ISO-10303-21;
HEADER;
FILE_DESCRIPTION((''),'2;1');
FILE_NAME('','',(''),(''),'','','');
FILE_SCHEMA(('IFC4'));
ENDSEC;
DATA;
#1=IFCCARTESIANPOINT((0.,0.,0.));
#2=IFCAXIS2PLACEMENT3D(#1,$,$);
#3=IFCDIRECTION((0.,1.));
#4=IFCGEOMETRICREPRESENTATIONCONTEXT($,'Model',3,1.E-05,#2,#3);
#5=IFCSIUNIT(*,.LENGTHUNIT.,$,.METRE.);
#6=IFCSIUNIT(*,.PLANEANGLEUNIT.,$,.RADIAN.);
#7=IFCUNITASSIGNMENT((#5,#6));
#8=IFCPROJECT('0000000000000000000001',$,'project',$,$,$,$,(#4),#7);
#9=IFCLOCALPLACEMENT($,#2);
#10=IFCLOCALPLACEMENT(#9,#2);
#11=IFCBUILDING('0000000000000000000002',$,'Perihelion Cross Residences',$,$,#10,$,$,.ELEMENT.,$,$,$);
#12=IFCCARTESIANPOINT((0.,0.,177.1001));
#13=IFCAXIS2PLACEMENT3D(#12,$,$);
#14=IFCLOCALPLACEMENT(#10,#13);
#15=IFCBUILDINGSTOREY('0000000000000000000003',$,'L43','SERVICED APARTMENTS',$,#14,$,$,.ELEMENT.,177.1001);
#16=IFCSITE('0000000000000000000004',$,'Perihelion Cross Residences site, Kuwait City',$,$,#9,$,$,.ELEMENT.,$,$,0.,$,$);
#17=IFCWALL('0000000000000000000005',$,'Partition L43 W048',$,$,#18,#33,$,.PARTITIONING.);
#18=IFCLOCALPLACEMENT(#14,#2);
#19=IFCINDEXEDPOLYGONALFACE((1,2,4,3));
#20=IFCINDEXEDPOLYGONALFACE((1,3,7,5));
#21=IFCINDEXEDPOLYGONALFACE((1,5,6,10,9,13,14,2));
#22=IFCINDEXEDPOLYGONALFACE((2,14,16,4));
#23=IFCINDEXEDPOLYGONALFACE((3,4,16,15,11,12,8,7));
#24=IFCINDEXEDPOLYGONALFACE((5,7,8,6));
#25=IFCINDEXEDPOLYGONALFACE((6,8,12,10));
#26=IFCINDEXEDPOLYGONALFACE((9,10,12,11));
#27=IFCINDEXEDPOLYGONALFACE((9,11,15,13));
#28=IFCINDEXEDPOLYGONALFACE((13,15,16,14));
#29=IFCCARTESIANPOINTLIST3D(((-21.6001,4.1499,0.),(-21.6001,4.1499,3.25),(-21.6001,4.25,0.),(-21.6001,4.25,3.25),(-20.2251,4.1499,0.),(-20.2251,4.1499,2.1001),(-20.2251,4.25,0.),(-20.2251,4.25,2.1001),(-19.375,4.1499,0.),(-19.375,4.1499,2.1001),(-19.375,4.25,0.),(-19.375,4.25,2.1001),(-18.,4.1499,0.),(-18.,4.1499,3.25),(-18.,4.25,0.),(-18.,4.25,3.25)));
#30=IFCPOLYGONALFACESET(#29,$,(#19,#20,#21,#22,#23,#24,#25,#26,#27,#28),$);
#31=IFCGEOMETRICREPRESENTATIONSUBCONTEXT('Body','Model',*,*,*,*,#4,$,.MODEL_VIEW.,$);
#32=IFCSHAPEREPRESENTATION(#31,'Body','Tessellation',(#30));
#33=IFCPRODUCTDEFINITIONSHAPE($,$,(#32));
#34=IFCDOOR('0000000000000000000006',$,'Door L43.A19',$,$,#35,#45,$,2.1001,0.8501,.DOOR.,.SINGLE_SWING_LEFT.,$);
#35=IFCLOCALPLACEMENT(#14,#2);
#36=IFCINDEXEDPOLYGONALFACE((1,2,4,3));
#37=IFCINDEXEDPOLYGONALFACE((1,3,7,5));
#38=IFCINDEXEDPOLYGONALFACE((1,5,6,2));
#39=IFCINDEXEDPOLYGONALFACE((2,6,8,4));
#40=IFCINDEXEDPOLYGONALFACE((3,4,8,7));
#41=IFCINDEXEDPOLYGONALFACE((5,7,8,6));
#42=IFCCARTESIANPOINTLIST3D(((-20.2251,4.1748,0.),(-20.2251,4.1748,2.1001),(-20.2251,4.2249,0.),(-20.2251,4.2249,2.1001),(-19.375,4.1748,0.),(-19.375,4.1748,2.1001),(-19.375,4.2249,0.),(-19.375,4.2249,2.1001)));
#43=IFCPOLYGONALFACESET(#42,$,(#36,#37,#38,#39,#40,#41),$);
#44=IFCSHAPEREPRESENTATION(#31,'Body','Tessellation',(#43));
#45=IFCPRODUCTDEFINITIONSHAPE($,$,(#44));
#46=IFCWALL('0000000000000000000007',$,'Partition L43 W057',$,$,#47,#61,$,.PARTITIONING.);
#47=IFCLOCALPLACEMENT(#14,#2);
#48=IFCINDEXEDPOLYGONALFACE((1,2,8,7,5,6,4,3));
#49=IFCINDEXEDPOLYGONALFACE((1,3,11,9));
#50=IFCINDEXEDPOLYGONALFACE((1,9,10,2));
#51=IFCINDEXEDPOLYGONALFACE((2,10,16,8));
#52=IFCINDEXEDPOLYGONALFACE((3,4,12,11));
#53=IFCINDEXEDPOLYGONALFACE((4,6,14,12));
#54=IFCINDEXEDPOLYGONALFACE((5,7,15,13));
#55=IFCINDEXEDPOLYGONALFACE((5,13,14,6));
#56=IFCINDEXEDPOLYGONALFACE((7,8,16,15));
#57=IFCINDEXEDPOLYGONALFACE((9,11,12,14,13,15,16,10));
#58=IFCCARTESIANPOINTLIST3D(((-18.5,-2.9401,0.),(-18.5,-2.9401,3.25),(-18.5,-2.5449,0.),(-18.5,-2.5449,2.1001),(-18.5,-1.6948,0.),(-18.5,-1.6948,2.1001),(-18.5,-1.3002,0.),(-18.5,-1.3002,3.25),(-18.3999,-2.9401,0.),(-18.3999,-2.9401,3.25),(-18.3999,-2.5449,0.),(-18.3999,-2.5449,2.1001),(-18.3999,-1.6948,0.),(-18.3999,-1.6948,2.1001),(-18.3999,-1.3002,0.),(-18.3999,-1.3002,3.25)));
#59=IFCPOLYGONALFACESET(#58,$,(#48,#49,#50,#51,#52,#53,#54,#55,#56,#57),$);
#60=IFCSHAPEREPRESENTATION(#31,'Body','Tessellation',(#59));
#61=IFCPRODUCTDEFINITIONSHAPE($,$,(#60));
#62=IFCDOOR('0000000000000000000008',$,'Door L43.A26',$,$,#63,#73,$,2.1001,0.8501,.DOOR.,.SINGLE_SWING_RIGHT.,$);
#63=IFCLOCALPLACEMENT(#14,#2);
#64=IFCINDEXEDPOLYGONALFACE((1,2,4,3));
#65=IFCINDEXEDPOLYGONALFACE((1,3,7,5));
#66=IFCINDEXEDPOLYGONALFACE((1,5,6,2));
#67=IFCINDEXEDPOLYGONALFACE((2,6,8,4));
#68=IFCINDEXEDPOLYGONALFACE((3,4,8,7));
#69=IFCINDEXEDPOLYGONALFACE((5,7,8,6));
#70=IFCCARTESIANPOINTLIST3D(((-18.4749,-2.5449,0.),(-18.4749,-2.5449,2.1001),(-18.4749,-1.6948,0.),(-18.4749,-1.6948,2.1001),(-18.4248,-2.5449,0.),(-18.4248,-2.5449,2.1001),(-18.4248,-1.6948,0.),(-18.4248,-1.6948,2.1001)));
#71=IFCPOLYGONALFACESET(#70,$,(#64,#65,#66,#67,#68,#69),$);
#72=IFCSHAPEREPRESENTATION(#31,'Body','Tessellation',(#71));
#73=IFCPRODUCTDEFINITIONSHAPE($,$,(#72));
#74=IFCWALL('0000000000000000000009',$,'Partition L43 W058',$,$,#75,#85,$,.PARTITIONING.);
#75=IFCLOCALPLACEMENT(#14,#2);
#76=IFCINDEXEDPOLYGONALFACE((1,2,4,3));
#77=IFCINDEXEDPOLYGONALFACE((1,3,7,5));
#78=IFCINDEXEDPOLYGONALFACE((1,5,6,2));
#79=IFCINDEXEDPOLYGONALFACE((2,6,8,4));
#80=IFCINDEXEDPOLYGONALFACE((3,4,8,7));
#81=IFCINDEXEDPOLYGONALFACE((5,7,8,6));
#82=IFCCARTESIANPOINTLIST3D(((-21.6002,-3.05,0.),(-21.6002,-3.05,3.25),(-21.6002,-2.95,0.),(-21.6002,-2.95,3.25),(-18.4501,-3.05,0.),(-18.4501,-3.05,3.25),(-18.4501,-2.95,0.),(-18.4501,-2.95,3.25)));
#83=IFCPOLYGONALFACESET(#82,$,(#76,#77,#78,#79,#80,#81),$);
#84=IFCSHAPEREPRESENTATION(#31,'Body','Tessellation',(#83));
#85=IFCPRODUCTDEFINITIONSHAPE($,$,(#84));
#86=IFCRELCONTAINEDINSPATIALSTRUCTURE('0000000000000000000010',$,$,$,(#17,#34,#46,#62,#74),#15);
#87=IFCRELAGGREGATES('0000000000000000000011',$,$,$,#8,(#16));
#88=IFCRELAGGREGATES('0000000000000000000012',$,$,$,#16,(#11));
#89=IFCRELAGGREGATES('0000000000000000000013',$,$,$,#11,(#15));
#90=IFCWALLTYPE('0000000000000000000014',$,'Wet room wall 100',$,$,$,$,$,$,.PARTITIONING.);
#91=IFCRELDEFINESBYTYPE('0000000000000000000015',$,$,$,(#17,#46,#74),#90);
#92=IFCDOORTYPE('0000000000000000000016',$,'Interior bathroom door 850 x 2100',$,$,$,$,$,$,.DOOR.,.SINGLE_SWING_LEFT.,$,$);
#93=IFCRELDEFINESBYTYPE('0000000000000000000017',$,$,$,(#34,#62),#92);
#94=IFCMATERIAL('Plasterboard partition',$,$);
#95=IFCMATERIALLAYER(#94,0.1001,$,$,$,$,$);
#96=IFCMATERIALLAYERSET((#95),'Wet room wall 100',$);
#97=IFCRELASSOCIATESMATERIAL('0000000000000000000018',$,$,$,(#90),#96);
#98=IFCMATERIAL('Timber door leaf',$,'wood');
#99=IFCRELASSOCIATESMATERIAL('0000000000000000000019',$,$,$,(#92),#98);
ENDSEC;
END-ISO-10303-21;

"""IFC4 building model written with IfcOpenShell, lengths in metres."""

from ifc_helpers import new_model, si_unit, direction, frame, frame_2d, origin, place, context, subcontext, project, spatial, rectangle, extrude, material, layer, layer_set, type_object, element, fill, save


model = new_model("IFC4")

# Units and contexts
model_context = context("Model", 3, precision=1e-05, world=origin(), true_north=direction((0.0, 1.0)))
body_context = subcontext(model_context, "Body", "Model", "MODEL_VIEW")
ifc_project = project(units=[si_unit("LENGTHUNIT", "METRE"), si_unit("PLANEANGLEUNIT", "RADIAN")], contexts=[model_context])

# Site, building, storey
site_placement = place(None, origin())
site = spatial("IfcSite", under=ifc_project, at=site_placement, Name="Perihelion Cross Residences site, Kuwait City", CompositionType="ELEMENT", RefElevation=0.0)
building_placement = place(site_placement, origin())
building = spatial("IfcBuilding", under=site, at=building_placement, Name="Perihelion Cross Residences", CompositionType="ELEMENT")
storey_placement = place(building_placement, frame((0.0, 0.0, 177.1001)))
storey = spatial("IfcBuildingStorey", under=building, at=storey_placement, Name="L43", Description="SERVICED APARTMENTS", CompositionType="ELEMENT", Elevation=177.1001)

# Shared definitions
ifc_material_1 = material(Name="Plasterboard partition")
ifc_layer_1 = layer(ifc_material_1, 0.1001)
ifc_layer_set_1 = layer_set([ifc_layer_1], Name="Wet room wall 100")
wall_type_1 = type_object("IfcWallType", Name="Wet room wall 100", PredefinedType="PARTITIONING", material=ifc_layer_set_1)

# Walls, openings, doors
wall_1_placement = place(storey_placement, frame((-21.6001, 4.2, 0.0), z_axis=(0.0, 0.0, 1.0), x_axis=(1.0, 0.0, 0.0)))
wall_1 = element("IfcWall", 1, at=wall_1_placement, inside=storey, type_object=wall_type_1, Name="Partition L43 W048", PredefinedType="PARTITIONING", context=body_context, shape_type="SweptSolid", body=[
    extrude(rectangle(XDim=3.6001, YDim=0.1001, at=frame_2d((1.8, 0.0))), origin(), (0.0, 0.0, 1.0), 3.25),
])
opening_1_placement = place(wall_1_placement, frame((1.375, 0.0, 0.0)))
opening_1 = element("IfcOpeningElement", 2, at=opening_1_placement, cuts=wall_1, PredefinedType="OPENING", context=body_context, shape_type="SweptSolid", body=[
    extrude(rectangle(XDim=0.8501, YDim=2.1001, at=frame_2d((0.425, 1.05))), frame((0.0, 0.0601, 0.0), z_axis=(0.0, -1.0, 0.0), x_axis=(1.0, 0.0, 0.0)), (0.0, 0.0, 1.0), 0.1201),
])
ifc_material_2 = material(Name="Timber door leaf", Category="wood")
door_type_1 = type_object("IfcDoorType", Name="Interior bathroom door 850 x 2100", OperationType="SINGLE_SWING_LEFT", PredefinedType="DOOR", material=ifc_material_2)
door_1_placement = place(opening_1_placement, origin())
door_1 = element("IfcDoor", 3, at=door_1_placement, inside=storey, type_object=door_type_1, Name="Door L43.A19", OperationType="SINGLE_SWING_LEFT", OverallHeight=2.1001, OverallWidth=0.8501, PredefinedType="DOOR", context=body_context, shape_type="SweptSolid", body=[
    extrude(rectangle(XDim=0.8501, YDim=2.1001, at=frame_2d((0.425, 1.05))), frame((0.0, 0.0249, 0.0), z_axis=(0.0, -1.0, 0.0), x_axis=(1.0, 0.0, 0.0)), (0.0, 0.0, 1.0), 0.05),
])
fill(opening_1, door_1)
wall_2_placement = place(storey_placement, frame((-18.45, -2.9399, 0.0), z_axis=(0.0, 0.0, 1.0), x_axis=(0.0, 1.0, 0.0)))
wall_2 = element("IfcWall", 4, at=wall_2_placement, inside=storey, type_object=wall_type_1, Name="Partition L43 W057", PredefinedType="PARTITIONING", context=body_context, shape_type="SweptSolid", body=[
    extrude(rectangle(XDim=1.6399, YDim=0.1001, at=frame_2d((0.8198, 0.0))), origin(), (0.0, 0.0, 1.0), 3.25),
])
opening_2_placement = place(wall_2_placement, frame((0.395, 0.0, 0.0)))
opening_2 = element("IfcOpeningElement", 5, at=opening_2_placement, cuts=wall_2, PredefinedType="OPENING", context=body_context, shape_type="SweptSolid", body=[
    extrude(rectangle(XDim=0.8501, YDim=2.1001, at=frame_2d((0.425, 1.05))), frame((0.0, 0.0601, 0.0), z_axis=(0.0, -1.0, 0.0), x_axis=(1.0, 0.0, 0.0)), (0.0, 0.0, 1.0), 0.1201),
])
door_2_placement = place(opening_2_placement, origin())
door_2 = element("IfcDoor", 6, at=door_2_placement, inside=storey, type_object=door_type_1, Name="Door L43.A26", OperationType="SINGLE_SWING_RIGHT", OverallHeight=2.1001, OverallWidth=0.8501, PredefinedType="DOOR", context=body_context, shape_type="SweptSolid", body=[
    extrude(rectangle(XDim=0.8501, YDim=2.1001, at=frame_2d((0.425, 1.05))), frame((0.0, 0.0249, 0.0), z_axis=(0.0, -1.0, 0.0), x_axis=(1.0, 0.0, 0.0)), (0.0, 0.0, 1.0), 0.05),
])
fill(opening_2, door_2)

# Wall
wall_3_placement = place(storey_placement, frame((-18.45, -3.0, 0.0), z_axis=(0.0, 0.0, 1.0), x_axis=(-1.0, 0.0, 0.0)))
element("IfcWall", 7, at=wall_3_placement, inside=storey, type_object=wall_type_1, Name="Partition L43 W058", PredefinedType="PARTITIONING", context=body_context, shape_type="SweptSolid", body=[
    extrude(rectangle(XDim=3.1501, YDim=0.1001, at=frame_2d((1.5752, 0.0))), origin(), (0.0, 0.0, 1.0), 3.25),
])

save(model, "model.ifc")
